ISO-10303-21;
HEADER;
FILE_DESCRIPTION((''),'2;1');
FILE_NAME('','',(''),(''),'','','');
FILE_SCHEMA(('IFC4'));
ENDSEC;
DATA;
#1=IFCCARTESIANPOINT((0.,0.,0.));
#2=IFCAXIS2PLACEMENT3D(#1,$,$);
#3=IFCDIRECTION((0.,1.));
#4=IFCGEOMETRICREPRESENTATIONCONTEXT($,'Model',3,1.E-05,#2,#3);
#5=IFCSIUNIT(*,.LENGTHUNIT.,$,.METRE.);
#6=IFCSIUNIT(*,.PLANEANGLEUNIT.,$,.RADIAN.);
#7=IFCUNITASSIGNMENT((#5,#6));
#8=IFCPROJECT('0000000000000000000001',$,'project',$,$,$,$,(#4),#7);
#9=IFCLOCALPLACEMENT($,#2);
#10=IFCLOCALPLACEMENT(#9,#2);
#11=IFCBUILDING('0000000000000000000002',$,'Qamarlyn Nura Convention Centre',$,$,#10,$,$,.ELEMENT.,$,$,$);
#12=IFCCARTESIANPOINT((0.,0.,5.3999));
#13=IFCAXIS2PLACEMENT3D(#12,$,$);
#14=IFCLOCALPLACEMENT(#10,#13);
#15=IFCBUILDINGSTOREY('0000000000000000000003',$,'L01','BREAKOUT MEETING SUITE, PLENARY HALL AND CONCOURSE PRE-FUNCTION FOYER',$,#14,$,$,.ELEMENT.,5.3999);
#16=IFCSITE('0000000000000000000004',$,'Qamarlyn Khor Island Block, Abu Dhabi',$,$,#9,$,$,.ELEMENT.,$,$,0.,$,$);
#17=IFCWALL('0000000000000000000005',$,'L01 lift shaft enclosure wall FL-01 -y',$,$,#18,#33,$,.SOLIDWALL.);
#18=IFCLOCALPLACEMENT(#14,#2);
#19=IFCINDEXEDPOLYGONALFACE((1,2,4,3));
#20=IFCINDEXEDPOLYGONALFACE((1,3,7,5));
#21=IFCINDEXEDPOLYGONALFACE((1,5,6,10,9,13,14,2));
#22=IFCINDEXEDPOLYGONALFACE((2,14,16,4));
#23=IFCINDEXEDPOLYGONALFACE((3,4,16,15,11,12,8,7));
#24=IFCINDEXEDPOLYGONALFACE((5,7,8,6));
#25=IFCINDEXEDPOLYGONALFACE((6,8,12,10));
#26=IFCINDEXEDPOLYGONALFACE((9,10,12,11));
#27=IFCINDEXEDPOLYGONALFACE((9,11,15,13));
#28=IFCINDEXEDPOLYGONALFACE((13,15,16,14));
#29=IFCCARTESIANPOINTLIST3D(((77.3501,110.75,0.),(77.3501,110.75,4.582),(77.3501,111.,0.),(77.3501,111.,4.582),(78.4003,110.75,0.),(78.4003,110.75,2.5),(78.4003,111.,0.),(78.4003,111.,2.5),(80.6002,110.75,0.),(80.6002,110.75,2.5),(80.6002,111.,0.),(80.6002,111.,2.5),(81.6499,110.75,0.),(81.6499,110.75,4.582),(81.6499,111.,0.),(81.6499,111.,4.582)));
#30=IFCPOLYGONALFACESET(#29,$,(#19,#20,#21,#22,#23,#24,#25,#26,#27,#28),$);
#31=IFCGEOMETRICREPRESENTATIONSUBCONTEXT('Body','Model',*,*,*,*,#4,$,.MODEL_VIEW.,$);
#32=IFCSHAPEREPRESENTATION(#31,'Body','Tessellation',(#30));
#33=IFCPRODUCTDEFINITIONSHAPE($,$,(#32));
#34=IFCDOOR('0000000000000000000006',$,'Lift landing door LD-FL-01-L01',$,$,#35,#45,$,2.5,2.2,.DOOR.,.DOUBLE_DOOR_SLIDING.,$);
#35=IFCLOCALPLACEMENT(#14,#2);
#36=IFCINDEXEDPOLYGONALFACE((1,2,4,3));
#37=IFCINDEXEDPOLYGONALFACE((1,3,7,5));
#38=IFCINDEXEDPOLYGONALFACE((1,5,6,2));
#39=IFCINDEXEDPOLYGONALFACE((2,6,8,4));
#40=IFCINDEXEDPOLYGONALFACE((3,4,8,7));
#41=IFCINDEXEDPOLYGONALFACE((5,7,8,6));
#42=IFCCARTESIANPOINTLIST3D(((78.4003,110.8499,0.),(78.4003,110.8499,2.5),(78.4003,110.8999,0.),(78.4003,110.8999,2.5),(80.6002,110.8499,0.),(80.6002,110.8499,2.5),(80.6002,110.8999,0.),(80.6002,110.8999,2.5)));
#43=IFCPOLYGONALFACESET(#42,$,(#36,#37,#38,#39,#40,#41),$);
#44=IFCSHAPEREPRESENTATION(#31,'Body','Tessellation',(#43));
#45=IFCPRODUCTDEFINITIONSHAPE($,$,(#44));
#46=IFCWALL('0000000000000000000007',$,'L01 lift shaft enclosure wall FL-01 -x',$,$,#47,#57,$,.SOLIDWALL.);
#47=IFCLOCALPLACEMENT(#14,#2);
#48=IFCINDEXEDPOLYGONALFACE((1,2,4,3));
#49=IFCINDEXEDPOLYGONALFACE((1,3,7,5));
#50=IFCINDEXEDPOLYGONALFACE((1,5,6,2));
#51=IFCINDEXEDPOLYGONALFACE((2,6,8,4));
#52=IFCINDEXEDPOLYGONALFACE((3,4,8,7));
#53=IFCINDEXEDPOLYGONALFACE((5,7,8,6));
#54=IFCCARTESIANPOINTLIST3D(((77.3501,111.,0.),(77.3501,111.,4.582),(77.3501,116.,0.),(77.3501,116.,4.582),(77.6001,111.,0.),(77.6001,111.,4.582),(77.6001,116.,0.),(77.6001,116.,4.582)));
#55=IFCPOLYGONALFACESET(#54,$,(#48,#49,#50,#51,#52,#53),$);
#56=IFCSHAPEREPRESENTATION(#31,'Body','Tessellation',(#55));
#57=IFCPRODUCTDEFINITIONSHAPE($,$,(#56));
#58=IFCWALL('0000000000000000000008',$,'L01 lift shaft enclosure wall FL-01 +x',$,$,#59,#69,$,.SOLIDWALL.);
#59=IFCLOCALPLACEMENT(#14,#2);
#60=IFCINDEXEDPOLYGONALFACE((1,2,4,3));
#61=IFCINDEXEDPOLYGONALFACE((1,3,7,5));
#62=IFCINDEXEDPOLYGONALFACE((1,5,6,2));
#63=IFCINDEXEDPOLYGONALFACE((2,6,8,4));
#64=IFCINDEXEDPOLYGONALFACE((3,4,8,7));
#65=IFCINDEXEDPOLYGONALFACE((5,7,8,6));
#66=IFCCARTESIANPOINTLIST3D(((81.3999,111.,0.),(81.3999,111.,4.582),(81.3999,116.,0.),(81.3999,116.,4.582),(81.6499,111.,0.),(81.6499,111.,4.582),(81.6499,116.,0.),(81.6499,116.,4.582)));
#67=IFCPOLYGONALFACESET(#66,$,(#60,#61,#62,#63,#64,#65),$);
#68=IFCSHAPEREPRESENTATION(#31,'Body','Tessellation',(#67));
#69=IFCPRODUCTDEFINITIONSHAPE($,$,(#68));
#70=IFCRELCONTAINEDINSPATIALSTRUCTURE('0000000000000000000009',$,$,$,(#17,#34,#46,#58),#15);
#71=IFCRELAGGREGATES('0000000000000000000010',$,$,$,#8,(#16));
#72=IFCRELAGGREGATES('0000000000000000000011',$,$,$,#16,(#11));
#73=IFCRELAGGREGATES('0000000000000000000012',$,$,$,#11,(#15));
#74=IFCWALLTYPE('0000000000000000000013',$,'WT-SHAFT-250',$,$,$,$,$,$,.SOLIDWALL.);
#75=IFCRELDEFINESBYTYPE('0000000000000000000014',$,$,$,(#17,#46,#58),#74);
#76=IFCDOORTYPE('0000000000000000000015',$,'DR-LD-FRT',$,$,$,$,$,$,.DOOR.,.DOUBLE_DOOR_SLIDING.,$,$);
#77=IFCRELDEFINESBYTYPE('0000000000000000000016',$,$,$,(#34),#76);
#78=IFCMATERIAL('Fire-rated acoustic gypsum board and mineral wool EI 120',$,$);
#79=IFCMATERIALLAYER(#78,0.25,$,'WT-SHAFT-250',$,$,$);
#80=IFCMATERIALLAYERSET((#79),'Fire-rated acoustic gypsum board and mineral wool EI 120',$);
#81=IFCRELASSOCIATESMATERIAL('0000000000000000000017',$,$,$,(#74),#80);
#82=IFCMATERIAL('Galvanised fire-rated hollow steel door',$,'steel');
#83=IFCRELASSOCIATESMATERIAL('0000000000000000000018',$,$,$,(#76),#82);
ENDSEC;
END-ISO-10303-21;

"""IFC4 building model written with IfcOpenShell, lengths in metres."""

from ifc_helpers import new_model, si_unit, direction, frame, frame_2d, origin, place, context, subcontext, project, spatial, rectangle, extrude, material, layer, layer_set, type_object, element, fill, save


model = new_model("IFC4")

# Units and contexts
model_context = context("Model", 3, precision=1e-05, world=origin(), true_north=direction((0.0, 1.0)))
body_context = subcontext(model_context, "Body", "Model", "MODEL_VIEW")
ifc_project = project(units=[si_unit("LENGTHUNIT", "METRE"), si_unit("PLANEANGLEUNIT", "RADIAN")], contexts=[model_context])

# Site, building, storey
site_placement = place(None, origin())
site = spatial("IfcSite", under=ifc_project, at=site_placement, Name="Qamarlyn Khor Island Block, Abu Dhabi", CompositionType="ELEMENT", RefElevation=0.0)
building_placement = place(site_placement, origin())
building = spatial("IfcBuilding", under=site, at=building_placement, Name="Qamarlyn Nura Convention Centre", CompositionType="ELEMENT")
storey_placement = place(building_placement, frame((0.0, 0.0, 5.3999)))
storey = spatial("IfcBuildingStorey", under=building, at=storey_placement, Name="L01", Description="BREAKOUT MEETING SUITE, PLENARY HALL AND CONCOURSE PRE-FUNCTION FOYER", CompositionType="ELEMENT", Elevation=5.3999)

# Wall, opening, door
ifc_material_1 = material(Name="Fire-rated acoustic gypsum board and mineral wool EI 120")
ifc_layer_1 = layer(ifc_material_1, 0.25, Name="WT-SHAFT-250")
ifc_layer_set_1 = layer_set([ifc_layer_1], Name="Fire-rated acoustic gypsum board and mineral wool EI 120")
wall_type_1 = type_object("IfcWallType", Name="WT-SHAFT-250", PredefinedType="SOLIDWALL", material=ifc_layer_set_1)
wall_1_placement = place(storey_placement, frame((77.3501, 110.875, 0.0), z_axis=(0.0, 0.0, 1.0), x_axis=(1.0, 0.0, 0.0)))
wall_1 = element("IfcWall", 1, at=wall_1_placement, inside=storey, type_object=wall_type_1, Name="L01 lift shaft enclosure wall FL-01 -y", PredefinedType="SOLIDWALL", context=body_context, shape_type="SweptSolid", body=[
    extrude(rectangle(XDim=4.2998, YDim=0.25, at=frame_2d((2.1499, 0.0))), origin(), (0.0, 0.0, 1.0), 4.582),
])
opening_1_placement = place(wall_1_placement, frame((1.05, 0.0, 0.0)))
opening_1 = element("IfcOpeningElement", 2, at=opening_1_placement, cuts=wall_1, PredefinedType="OPENING", context=body_context, shape_type="SweptSolid", body=[
    extrude(rectangle(XDim=2.2, YDim=2.5, at=frame_2d((1.1001, 1.25))), frame((0.0, 0.135, 0.0), z_axis=(0.0, -1.0, 0.0), x_axis=(1.0, 0.0, 0.0)), (0.0, 0.0, 1.0), 0.27),
])
ifc_material_2 = material(Name="Galvanised fire-rated hollow steel door", Category="steel")
door_type_1 = type_object("IfcDoorType", Name="DR-LD-FRT", OperationType="DOUBLE_DOOR_SLIDING", PredefinedType="DOOR", material=ifc_material_2)
door_1_placement = place(opening_1_placement, origin())
door_1 = element("IfcDoor", 3, at=door_1_placement, inside=storey, type_object=door_type_1, Name="Lift landing door LD-FL-01-L01", OperationType="DOUBLE_DOOR_SLIDING", OverallHeight=2.5, OverallWidth=2.2, PredefinedType="DOOR", context=body_context, shape_type="SweptSolid", body=[
    extrude(rectangle(XDim=2.2, YDim=2.5, at=frame_2d((1.1001, 1.25))), frame((0.0, 0.0249, 0.0), z_axis=(0.0, -1.0, 0.0), x_axis=(1.0, 0.0, 0.0)), (0.0, 0.0, 1.0), 0.05),
])
fill(opening_1, door_1)

# Walls
for number, where, z_axis, x_axis, name in (
    (4, (77.4751, 116.0, 0.0), (0.0, 0.0, 1.0), (0.0, -1.0, 0.0), "L01 lift shaft enclosure wall FL-01 -x"),
    (5, (81.5249, 111.0, 0.0), (0.0, 0.0, 1.0), (0.0, 1.0, 0.0), "L01 lift shaft enclosure wall FL-01 +x"),
):
    element("IfcWall", number, at=place(storey_placement, frame(where, z_axis=z_axis, x_axis=x_axis)), inside=storey, type_object=wall_type_1, Name=name, PredefinedType="SOLIDWALL", context=body_context, shape_type="SweptSolid", body=[
        extrude(rectangle(XDim=5.0, YDim=0.25, at=frame_2d((2.5, 0.0))), origin(), (0.0, 0.0, 1.0), 4.582),
    ])

save(model, "model.ifc")
